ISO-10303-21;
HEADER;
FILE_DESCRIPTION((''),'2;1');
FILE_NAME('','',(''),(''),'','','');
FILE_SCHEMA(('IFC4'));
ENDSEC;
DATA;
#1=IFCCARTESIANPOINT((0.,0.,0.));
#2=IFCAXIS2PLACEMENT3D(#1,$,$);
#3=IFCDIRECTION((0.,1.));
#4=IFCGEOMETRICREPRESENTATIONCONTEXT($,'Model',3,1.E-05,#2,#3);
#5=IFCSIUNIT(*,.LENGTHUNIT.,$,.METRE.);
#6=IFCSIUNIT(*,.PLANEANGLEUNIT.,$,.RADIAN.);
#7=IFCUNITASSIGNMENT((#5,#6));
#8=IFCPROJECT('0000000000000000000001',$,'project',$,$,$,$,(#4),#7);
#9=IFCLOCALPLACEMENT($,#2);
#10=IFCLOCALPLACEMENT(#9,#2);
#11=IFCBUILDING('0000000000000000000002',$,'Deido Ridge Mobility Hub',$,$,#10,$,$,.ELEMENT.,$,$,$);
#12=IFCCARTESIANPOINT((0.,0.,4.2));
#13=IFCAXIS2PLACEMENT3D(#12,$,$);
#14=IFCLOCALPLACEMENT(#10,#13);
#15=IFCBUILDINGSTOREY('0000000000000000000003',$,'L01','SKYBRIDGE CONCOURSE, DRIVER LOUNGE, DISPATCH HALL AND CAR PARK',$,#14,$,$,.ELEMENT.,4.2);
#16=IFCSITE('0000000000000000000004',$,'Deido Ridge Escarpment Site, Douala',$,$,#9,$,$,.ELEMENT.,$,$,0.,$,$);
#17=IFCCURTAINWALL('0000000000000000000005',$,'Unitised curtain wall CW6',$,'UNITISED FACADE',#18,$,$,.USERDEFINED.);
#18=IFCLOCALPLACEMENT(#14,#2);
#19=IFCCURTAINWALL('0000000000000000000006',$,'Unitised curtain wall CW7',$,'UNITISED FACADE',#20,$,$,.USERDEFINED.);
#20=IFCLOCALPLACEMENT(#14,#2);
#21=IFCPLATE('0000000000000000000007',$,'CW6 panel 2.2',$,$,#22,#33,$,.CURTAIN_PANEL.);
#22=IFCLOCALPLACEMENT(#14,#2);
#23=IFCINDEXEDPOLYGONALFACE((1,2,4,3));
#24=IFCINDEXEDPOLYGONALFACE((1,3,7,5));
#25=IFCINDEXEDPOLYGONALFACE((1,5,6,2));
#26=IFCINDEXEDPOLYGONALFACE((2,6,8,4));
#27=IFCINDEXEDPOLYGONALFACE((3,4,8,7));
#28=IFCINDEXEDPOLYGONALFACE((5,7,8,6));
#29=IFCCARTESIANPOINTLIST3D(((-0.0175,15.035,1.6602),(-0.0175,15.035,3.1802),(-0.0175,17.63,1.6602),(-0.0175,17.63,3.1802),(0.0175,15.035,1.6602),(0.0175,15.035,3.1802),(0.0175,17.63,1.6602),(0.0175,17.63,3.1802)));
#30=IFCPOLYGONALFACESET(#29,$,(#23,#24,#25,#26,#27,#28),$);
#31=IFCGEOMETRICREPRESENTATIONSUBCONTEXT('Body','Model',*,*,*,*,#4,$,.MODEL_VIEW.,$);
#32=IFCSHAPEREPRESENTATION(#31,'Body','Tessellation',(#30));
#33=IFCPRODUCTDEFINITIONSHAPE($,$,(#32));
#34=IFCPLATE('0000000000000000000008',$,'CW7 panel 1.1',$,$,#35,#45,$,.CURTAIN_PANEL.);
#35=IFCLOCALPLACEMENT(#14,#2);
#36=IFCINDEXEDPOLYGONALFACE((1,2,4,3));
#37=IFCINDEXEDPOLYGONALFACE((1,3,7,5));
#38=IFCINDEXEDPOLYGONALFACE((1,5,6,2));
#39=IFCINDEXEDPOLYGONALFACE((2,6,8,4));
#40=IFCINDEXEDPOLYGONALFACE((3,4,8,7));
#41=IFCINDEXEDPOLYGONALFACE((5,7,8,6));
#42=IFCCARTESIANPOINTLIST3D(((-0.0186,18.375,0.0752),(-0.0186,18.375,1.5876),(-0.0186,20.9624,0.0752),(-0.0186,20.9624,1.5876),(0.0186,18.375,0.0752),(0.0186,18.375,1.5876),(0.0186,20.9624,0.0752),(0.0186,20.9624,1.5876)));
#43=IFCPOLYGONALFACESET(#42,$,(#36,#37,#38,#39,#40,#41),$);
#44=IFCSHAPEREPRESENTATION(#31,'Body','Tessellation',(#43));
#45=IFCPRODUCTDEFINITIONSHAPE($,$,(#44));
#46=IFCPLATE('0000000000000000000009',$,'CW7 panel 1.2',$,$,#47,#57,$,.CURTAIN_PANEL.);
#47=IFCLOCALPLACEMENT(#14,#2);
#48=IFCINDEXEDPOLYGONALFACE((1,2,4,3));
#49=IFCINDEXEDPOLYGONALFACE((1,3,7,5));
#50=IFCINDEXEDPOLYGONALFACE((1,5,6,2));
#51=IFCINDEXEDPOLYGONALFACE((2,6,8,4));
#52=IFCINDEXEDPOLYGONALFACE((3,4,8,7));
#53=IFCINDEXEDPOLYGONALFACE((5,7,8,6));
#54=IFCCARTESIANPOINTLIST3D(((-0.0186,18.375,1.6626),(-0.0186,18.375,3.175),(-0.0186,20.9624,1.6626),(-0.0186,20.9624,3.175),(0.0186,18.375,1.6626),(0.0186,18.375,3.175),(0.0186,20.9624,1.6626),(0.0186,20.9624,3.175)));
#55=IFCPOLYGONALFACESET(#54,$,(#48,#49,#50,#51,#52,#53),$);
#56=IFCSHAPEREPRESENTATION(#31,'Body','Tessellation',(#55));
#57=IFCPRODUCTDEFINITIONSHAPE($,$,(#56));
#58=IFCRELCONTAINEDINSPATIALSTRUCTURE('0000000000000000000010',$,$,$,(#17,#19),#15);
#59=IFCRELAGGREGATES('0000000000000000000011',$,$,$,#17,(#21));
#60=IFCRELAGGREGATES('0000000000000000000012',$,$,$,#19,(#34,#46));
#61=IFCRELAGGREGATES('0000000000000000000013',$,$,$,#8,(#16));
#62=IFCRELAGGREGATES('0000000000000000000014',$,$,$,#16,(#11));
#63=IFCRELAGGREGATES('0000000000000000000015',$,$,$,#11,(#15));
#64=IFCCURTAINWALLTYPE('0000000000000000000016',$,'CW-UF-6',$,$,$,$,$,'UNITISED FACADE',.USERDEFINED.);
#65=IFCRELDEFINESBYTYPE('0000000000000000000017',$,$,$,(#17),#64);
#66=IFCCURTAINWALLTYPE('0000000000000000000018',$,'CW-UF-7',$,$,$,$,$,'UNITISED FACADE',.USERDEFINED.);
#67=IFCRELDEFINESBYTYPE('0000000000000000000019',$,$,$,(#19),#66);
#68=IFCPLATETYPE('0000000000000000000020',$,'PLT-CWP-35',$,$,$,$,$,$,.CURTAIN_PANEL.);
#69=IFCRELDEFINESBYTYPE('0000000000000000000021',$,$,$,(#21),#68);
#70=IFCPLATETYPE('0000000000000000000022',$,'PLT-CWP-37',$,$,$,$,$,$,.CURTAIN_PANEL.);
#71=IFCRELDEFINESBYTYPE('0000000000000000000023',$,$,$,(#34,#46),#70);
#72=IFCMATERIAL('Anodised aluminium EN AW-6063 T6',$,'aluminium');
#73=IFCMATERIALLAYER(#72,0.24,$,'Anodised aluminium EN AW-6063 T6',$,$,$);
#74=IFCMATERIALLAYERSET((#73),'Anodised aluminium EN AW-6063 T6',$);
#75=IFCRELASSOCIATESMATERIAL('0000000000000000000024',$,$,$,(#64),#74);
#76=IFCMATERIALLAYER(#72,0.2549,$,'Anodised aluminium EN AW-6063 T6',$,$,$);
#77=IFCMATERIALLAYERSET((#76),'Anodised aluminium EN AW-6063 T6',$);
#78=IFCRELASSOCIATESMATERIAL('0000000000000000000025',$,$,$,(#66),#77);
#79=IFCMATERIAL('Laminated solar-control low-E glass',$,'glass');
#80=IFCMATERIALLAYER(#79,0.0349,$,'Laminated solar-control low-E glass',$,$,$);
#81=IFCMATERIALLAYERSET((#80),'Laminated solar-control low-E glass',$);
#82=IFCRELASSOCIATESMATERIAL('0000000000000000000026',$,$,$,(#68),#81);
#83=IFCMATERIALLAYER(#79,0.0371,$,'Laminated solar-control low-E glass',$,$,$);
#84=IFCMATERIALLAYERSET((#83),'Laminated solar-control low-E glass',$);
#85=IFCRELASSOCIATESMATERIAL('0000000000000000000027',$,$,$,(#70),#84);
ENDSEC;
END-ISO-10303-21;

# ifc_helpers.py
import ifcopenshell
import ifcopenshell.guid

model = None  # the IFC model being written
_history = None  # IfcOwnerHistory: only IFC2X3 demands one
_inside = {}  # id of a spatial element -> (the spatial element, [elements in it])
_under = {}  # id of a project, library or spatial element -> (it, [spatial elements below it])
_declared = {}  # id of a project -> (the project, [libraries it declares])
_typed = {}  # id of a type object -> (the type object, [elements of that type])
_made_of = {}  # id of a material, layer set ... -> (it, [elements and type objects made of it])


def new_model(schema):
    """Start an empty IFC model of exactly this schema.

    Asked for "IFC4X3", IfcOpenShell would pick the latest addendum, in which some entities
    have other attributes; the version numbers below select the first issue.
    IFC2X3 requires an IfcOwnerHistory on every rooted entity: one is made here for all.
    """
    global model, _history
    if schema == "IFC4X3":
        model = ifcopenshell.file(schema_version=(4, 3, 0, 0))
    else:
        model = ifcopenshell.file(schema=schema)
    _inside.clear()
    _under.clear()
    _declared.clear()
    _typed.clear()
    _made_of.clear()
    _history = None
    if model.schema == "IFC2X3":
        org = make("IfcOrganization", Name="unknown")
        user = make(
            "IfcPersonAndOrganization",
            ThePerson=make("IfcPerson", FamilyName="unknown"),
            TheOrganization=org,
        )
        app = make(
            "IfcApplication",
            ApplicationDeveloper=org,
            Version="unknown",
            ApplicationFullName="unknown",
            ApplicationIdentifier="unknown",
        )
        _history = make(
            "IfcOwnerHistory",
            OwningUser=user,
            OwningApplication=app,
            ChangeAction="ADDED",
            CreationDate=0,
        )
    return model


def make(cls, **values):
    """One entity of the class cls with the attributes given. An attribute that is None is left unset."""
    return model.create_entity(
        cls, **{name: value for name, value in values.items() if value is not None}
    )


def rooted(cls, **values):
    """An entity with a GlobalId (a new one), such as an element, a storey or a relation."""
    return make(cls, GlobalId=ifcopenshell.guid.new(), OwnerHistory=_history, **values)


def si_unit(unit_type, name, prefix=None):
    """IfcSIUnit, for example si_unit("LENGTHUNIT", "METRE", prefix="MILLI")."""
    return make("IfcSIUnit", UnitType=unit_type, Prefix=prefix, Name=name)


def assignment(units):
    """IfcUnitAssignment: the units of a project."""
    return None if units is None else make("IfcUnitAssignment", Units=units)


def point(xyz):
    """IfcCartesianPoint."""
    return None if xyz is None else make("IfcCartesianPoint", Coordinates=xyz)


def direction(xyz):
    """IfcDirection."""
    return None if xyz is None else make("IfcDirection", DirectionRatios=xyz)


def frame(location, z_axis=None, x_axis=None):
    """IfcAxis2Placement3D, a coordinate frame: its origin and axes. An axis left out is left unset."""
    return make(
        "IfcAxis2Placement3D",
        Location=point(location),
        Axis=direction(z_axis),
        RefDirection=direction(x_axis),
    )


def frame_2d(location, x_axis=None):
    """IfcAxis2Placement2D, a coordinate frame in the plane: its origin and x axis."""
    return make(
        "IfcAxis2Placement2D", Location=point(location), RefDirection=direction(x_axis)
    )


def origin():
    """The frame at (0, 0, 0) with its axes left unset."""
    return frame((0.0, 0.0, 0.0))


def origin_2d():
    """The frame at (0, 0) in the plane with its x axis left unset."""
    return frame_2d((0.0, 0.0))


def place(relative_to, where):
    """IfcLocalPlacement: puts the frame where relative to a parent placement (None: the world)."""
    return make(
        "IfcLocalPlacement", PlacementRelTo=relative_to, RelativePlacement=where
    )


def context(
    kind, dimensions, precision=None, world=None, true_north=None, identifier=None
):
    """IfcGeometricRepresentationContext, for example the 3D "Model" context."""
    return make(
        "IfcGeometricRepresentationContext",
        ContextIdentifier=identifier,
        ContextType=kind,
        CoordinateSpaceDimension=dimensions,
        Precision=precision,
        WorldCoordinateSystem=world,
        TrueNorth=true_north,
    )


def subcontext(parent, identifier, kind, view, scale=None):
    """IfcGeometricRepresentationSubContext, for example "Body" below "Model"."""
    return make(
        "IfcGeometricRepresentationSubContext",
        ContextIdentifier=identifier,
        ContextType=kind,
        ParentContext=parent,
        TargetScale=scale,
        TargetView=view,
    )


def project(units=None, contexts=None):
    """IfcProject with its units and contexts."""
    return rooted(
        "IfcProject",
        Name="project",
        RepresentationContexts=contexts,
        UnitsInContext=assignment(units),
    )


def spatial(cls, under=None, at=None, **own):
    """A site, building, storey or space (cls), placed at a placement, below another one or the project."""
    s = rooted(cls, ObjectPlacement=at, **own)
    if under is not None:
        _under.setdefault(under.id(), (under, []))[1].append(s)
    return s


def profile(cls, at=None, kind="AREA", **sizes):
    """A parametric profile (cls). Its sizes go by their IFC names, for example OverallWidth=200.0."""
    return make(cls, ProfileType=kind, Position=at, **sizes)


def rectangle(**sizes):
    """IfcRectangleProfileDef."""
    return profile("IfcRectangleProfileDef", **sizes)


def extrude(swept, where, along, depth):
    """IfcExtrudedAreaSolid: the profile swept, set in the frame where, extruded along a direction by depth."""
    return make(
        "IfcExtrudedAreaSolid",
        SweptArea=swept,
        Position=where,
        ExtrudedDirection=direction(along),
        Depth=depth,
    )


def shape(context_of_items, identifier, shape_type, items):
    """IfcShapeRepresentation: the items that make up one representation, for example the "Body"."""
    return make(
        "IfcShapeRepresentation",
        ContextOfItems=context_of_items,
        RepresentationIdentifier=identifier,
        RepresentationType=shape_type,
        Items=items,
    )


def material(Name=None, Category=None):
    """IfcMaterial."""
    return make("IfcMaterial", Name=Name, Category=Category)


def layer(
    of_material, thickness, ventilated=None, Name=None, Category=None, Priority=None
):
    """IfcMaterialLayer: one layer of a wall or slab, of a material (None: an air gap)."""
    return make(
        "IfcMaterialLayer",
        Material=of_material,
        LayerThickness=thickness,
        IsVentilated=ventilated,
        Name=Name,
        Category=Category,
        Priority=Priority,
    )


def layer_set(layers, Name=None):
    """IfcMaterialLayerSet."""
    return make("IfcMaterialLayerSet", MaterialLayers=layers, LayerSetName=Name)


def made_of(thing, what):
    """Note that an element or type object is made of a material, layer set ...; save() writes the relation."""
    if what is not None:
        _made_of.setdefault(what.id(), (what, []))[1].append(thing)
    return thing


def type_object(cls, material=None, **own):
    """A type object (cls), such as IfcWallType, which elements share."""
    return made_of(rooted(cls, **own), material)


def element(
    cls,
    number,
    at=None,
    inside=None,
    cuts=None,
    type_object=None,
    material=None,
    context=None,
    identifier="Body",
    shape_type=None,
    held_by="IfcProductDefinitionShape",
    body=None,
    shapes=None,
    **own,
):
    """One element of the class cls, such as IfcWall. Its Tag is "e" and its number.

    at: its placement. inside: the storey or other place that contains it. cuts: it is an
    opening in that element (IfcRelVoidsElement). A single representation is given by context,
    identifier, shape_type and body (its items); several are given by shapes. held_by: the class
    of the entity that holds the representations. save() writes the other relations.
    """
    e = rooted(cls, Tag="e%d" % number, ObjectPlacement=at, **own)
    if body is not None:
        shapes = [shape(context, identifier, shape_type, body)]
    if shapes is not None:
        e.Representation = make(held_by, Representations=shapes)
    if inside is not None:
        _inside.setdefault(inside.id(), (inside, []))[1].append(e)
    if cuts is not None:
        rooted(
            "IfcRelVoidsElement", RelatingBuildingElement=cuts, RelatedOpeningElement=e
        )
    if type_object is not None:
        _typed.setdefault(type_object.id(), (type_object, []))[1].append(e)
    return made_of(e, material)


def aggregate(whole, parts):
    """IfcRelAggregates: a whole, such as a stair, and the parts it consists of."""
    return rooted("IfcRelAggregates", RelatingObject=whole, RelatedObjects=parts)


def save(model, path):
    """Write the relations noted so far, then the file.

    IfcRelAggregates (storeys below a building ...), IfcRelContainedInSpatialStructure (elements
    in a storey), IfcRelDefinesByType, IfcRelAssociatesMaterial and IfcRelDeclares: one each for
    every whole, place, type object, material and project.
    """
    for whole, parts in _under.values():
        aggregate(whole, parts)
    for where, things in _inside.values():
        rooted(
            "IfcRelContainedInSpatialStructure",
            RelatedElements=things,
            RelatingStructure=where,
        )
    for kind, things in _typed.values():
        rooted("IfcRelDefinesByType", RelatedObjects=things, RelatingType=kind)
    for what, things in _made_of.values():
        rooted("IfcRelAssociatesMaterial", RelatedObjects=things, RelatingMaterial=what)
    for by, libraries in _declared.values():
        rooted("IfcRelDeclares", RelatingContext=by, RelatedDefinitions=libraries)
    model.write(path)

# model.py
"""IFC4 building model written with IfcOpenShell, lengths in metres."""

from ifc_helpers import new_model, si_unit, direction, frame, origin, origin_2d, place, context, subcontext, project, spatial, rectangle, extrude, material, layer, layer_set, type_object, element, aggregate, save


model = new_model("IFC4")

# Units and contexts
model_context = context("Model", 3, precision=1e-05, world=origin(), true_north=direction((0.0, 1.0)))
body_context = subcontext(model_context, "Body", "Model", "MODEL_VIEW")
ifc_project = project(units=[si_unit("LENGTHUNIT", "METRE"), si_unit("PLANEANGLEUNIT", "RADIAN")], contexts=[model_context])

# Site, building, storey
site_placement = place(None, origin())
site = spatial("IfcSite", under=ifc_project, at=site_placement, Name="Deido Ridge Escarpment Site, Douala", CompositionType="ELEMENT", RefElevation=0.0)
building_placement = place(site_placement, origin())
building = spatial("IfcBuilding", under=site, at=building_placement, Name="Deido Ridge Mobility Hub", CompositionType="ELEMENT")
storey_placement = place(building_placement, frame((0.0, 0.0, 4.2)))
storey = spatial("IfcBuildingStorey", under=building, at=storey_placement, Name="L01", Description="SKYBRIDGE CONCOURSE, DRIVER LOUNGE, DISPATCH HALL AND CAR PARK", CompositionType="ELEMENT", Elevation=4.2)

# Curtain walls
ifc_material_1 = material(Name="Anodised aluminium EN AW-6063 T6", Category="aluminium")
ifc_layer_1 = layer(ifc_material_1, 0.24, Name="Anodised aluminium EN AW-6063 T6")
ifc_layer_set_1 = layer_set([ifc_layer_1], Name="Anodised aluminium EN AW-6063 T6")
curtain_wall_type_1 = type_object("IfcCurtainWallType", Name="CW-UF-6", ElementType="UNITISED FACADE", PredefinedType="USERDEFINED", material=ifc_layer_set_1)
curtain_wall_1_placement = place(storey_placement, origin())
curtain_wall_1 = element("IfcCurtainWall", 1, at=curtain_wall_1_placement, inside=storey, type_object=curtain_wall_type_1, Name="Unitised curtain wall CW6", ObjectType="UNITISED FACADE", PredefinedType="USERDEFINED")
ifc_layer_2 = layer(ifc_material_1, 0.2549, Name="Anodised aluminium EN AW-6063 T6")
ifc_layer_set_2 = layer_set([ifc_layer_2], Name="Anodised aluminium EN AW-6063 T6")
curtain_wall_type_2 = type_object("IfcCurtainWallType", Name="CW-UF-7", ElementType="UNITISED FACADE", PredefinedType="USERDEFINED", material=ifc_layer_set_2)
curtain_wall_2_placement = place(storey_placement, origin())
curtain_wall_2 = element("IfcCurtainWall", 2, at=curtain_wall_2_placement, inside=storey, type_object=curtain_wall_type_2, Name="Unitised curtain wall CW7", ObjectType="UNITISED FACADE", PredefinedType="USERDEFINED")

# Plates
ifc_material_2 = material(Name="Laminated solar-control low-E glass", Category="glass")
ifc_layer_3 = layer(ifc_material_2, 0.0349, Name="Laminated solar-control low-E glass")
ifc_layer_set_3 = layer_set([ifc_layer_3], Name="Laminated solar-control low-E glass")
plate_type_1 = type_object("IfcPlateType", Name="PLT-CWP-35", PredefinedType="CURTAIN_PANEL", material=ifc_layer_set_3)
plate_1_placement = place(storey_placement, frame((0.0, 16.3325, 1.6602), z_axis=(0.0, 0.0, 1.0), x_axis=(0.0, 1.0, 0.0)))
plate_1 = element("IfcPlate", 3, at=plate_1_placement, type_object=plate_type_1, Name="CW6 panel 2.2", PredefinedType="CURTAIN_PANEL", context=body_context, shape_type="SweptSolid", body=[
    extrude(rectangle(XDim=2.595, YDim=0.0349, at=origin_2d()), origin(), (0.0, 0.0, 1.0), 1.52),
])
aggregate(curtain_wall_1, [plate_1])
ifc_layer_4 = layer(ifc_material_2, 0.0371, Name="Laminated solar-control low-E glass")
ifc_layer_set_4 = layer_set([ifc_layer_4], Name="Laminated solar-control low-E glass")
plate_type_2 = type_object("IfcPlateType", Name="PLT-CWP-37", PredefinedType="CURTAIN_PANEL", material=ifc_layer_set_4)
plate_2_placement = place(storey_placement, frame((0.0, 19.6687, 0.0752), z_axis=(0.0, 0.0, 1.0), x_axis=(0.0, 1.0, 0.0)))
plate_2 = element("IfcPlate", 4, at=plate_2_placement, type_object=plate_type_2, Name="CW7 panel 1.1", PredefinedType="CURTAIN_PANEL", context=body_context, shape_type="SweptSolid", body=[
    extrude(rectangle(XDim=2.5874, YDim=0.0371, at=origin_2d()), origin(), (0.0, 0.0, 1.0), 1.5125),
])
plate_3_placement = place(storey_placement, frame((0.0, 19.6687, 1.6626), z_axis=(0.0, 0.0, 1.0), x_axis=(0.0, 1.0, 0.0)))
plate_3 = element("IfcPlate", 5, at=plate_3_placement, type_object=plate_type_2, Name="CW7 panel 1.2", PredefinedType="CURTAIN_PANEL", context=body_context, shape_type="SweptSolid", body=[
    extrude(rectangle(XDim=2.5874, YDim=0.0371, at=origin_2d()), origin(), (0.0, 0.0, 1.0), 1.5125),
])
aggregate(curtain_wall_2, [plate_2, plate_3])

save(model, "model.ifc")
